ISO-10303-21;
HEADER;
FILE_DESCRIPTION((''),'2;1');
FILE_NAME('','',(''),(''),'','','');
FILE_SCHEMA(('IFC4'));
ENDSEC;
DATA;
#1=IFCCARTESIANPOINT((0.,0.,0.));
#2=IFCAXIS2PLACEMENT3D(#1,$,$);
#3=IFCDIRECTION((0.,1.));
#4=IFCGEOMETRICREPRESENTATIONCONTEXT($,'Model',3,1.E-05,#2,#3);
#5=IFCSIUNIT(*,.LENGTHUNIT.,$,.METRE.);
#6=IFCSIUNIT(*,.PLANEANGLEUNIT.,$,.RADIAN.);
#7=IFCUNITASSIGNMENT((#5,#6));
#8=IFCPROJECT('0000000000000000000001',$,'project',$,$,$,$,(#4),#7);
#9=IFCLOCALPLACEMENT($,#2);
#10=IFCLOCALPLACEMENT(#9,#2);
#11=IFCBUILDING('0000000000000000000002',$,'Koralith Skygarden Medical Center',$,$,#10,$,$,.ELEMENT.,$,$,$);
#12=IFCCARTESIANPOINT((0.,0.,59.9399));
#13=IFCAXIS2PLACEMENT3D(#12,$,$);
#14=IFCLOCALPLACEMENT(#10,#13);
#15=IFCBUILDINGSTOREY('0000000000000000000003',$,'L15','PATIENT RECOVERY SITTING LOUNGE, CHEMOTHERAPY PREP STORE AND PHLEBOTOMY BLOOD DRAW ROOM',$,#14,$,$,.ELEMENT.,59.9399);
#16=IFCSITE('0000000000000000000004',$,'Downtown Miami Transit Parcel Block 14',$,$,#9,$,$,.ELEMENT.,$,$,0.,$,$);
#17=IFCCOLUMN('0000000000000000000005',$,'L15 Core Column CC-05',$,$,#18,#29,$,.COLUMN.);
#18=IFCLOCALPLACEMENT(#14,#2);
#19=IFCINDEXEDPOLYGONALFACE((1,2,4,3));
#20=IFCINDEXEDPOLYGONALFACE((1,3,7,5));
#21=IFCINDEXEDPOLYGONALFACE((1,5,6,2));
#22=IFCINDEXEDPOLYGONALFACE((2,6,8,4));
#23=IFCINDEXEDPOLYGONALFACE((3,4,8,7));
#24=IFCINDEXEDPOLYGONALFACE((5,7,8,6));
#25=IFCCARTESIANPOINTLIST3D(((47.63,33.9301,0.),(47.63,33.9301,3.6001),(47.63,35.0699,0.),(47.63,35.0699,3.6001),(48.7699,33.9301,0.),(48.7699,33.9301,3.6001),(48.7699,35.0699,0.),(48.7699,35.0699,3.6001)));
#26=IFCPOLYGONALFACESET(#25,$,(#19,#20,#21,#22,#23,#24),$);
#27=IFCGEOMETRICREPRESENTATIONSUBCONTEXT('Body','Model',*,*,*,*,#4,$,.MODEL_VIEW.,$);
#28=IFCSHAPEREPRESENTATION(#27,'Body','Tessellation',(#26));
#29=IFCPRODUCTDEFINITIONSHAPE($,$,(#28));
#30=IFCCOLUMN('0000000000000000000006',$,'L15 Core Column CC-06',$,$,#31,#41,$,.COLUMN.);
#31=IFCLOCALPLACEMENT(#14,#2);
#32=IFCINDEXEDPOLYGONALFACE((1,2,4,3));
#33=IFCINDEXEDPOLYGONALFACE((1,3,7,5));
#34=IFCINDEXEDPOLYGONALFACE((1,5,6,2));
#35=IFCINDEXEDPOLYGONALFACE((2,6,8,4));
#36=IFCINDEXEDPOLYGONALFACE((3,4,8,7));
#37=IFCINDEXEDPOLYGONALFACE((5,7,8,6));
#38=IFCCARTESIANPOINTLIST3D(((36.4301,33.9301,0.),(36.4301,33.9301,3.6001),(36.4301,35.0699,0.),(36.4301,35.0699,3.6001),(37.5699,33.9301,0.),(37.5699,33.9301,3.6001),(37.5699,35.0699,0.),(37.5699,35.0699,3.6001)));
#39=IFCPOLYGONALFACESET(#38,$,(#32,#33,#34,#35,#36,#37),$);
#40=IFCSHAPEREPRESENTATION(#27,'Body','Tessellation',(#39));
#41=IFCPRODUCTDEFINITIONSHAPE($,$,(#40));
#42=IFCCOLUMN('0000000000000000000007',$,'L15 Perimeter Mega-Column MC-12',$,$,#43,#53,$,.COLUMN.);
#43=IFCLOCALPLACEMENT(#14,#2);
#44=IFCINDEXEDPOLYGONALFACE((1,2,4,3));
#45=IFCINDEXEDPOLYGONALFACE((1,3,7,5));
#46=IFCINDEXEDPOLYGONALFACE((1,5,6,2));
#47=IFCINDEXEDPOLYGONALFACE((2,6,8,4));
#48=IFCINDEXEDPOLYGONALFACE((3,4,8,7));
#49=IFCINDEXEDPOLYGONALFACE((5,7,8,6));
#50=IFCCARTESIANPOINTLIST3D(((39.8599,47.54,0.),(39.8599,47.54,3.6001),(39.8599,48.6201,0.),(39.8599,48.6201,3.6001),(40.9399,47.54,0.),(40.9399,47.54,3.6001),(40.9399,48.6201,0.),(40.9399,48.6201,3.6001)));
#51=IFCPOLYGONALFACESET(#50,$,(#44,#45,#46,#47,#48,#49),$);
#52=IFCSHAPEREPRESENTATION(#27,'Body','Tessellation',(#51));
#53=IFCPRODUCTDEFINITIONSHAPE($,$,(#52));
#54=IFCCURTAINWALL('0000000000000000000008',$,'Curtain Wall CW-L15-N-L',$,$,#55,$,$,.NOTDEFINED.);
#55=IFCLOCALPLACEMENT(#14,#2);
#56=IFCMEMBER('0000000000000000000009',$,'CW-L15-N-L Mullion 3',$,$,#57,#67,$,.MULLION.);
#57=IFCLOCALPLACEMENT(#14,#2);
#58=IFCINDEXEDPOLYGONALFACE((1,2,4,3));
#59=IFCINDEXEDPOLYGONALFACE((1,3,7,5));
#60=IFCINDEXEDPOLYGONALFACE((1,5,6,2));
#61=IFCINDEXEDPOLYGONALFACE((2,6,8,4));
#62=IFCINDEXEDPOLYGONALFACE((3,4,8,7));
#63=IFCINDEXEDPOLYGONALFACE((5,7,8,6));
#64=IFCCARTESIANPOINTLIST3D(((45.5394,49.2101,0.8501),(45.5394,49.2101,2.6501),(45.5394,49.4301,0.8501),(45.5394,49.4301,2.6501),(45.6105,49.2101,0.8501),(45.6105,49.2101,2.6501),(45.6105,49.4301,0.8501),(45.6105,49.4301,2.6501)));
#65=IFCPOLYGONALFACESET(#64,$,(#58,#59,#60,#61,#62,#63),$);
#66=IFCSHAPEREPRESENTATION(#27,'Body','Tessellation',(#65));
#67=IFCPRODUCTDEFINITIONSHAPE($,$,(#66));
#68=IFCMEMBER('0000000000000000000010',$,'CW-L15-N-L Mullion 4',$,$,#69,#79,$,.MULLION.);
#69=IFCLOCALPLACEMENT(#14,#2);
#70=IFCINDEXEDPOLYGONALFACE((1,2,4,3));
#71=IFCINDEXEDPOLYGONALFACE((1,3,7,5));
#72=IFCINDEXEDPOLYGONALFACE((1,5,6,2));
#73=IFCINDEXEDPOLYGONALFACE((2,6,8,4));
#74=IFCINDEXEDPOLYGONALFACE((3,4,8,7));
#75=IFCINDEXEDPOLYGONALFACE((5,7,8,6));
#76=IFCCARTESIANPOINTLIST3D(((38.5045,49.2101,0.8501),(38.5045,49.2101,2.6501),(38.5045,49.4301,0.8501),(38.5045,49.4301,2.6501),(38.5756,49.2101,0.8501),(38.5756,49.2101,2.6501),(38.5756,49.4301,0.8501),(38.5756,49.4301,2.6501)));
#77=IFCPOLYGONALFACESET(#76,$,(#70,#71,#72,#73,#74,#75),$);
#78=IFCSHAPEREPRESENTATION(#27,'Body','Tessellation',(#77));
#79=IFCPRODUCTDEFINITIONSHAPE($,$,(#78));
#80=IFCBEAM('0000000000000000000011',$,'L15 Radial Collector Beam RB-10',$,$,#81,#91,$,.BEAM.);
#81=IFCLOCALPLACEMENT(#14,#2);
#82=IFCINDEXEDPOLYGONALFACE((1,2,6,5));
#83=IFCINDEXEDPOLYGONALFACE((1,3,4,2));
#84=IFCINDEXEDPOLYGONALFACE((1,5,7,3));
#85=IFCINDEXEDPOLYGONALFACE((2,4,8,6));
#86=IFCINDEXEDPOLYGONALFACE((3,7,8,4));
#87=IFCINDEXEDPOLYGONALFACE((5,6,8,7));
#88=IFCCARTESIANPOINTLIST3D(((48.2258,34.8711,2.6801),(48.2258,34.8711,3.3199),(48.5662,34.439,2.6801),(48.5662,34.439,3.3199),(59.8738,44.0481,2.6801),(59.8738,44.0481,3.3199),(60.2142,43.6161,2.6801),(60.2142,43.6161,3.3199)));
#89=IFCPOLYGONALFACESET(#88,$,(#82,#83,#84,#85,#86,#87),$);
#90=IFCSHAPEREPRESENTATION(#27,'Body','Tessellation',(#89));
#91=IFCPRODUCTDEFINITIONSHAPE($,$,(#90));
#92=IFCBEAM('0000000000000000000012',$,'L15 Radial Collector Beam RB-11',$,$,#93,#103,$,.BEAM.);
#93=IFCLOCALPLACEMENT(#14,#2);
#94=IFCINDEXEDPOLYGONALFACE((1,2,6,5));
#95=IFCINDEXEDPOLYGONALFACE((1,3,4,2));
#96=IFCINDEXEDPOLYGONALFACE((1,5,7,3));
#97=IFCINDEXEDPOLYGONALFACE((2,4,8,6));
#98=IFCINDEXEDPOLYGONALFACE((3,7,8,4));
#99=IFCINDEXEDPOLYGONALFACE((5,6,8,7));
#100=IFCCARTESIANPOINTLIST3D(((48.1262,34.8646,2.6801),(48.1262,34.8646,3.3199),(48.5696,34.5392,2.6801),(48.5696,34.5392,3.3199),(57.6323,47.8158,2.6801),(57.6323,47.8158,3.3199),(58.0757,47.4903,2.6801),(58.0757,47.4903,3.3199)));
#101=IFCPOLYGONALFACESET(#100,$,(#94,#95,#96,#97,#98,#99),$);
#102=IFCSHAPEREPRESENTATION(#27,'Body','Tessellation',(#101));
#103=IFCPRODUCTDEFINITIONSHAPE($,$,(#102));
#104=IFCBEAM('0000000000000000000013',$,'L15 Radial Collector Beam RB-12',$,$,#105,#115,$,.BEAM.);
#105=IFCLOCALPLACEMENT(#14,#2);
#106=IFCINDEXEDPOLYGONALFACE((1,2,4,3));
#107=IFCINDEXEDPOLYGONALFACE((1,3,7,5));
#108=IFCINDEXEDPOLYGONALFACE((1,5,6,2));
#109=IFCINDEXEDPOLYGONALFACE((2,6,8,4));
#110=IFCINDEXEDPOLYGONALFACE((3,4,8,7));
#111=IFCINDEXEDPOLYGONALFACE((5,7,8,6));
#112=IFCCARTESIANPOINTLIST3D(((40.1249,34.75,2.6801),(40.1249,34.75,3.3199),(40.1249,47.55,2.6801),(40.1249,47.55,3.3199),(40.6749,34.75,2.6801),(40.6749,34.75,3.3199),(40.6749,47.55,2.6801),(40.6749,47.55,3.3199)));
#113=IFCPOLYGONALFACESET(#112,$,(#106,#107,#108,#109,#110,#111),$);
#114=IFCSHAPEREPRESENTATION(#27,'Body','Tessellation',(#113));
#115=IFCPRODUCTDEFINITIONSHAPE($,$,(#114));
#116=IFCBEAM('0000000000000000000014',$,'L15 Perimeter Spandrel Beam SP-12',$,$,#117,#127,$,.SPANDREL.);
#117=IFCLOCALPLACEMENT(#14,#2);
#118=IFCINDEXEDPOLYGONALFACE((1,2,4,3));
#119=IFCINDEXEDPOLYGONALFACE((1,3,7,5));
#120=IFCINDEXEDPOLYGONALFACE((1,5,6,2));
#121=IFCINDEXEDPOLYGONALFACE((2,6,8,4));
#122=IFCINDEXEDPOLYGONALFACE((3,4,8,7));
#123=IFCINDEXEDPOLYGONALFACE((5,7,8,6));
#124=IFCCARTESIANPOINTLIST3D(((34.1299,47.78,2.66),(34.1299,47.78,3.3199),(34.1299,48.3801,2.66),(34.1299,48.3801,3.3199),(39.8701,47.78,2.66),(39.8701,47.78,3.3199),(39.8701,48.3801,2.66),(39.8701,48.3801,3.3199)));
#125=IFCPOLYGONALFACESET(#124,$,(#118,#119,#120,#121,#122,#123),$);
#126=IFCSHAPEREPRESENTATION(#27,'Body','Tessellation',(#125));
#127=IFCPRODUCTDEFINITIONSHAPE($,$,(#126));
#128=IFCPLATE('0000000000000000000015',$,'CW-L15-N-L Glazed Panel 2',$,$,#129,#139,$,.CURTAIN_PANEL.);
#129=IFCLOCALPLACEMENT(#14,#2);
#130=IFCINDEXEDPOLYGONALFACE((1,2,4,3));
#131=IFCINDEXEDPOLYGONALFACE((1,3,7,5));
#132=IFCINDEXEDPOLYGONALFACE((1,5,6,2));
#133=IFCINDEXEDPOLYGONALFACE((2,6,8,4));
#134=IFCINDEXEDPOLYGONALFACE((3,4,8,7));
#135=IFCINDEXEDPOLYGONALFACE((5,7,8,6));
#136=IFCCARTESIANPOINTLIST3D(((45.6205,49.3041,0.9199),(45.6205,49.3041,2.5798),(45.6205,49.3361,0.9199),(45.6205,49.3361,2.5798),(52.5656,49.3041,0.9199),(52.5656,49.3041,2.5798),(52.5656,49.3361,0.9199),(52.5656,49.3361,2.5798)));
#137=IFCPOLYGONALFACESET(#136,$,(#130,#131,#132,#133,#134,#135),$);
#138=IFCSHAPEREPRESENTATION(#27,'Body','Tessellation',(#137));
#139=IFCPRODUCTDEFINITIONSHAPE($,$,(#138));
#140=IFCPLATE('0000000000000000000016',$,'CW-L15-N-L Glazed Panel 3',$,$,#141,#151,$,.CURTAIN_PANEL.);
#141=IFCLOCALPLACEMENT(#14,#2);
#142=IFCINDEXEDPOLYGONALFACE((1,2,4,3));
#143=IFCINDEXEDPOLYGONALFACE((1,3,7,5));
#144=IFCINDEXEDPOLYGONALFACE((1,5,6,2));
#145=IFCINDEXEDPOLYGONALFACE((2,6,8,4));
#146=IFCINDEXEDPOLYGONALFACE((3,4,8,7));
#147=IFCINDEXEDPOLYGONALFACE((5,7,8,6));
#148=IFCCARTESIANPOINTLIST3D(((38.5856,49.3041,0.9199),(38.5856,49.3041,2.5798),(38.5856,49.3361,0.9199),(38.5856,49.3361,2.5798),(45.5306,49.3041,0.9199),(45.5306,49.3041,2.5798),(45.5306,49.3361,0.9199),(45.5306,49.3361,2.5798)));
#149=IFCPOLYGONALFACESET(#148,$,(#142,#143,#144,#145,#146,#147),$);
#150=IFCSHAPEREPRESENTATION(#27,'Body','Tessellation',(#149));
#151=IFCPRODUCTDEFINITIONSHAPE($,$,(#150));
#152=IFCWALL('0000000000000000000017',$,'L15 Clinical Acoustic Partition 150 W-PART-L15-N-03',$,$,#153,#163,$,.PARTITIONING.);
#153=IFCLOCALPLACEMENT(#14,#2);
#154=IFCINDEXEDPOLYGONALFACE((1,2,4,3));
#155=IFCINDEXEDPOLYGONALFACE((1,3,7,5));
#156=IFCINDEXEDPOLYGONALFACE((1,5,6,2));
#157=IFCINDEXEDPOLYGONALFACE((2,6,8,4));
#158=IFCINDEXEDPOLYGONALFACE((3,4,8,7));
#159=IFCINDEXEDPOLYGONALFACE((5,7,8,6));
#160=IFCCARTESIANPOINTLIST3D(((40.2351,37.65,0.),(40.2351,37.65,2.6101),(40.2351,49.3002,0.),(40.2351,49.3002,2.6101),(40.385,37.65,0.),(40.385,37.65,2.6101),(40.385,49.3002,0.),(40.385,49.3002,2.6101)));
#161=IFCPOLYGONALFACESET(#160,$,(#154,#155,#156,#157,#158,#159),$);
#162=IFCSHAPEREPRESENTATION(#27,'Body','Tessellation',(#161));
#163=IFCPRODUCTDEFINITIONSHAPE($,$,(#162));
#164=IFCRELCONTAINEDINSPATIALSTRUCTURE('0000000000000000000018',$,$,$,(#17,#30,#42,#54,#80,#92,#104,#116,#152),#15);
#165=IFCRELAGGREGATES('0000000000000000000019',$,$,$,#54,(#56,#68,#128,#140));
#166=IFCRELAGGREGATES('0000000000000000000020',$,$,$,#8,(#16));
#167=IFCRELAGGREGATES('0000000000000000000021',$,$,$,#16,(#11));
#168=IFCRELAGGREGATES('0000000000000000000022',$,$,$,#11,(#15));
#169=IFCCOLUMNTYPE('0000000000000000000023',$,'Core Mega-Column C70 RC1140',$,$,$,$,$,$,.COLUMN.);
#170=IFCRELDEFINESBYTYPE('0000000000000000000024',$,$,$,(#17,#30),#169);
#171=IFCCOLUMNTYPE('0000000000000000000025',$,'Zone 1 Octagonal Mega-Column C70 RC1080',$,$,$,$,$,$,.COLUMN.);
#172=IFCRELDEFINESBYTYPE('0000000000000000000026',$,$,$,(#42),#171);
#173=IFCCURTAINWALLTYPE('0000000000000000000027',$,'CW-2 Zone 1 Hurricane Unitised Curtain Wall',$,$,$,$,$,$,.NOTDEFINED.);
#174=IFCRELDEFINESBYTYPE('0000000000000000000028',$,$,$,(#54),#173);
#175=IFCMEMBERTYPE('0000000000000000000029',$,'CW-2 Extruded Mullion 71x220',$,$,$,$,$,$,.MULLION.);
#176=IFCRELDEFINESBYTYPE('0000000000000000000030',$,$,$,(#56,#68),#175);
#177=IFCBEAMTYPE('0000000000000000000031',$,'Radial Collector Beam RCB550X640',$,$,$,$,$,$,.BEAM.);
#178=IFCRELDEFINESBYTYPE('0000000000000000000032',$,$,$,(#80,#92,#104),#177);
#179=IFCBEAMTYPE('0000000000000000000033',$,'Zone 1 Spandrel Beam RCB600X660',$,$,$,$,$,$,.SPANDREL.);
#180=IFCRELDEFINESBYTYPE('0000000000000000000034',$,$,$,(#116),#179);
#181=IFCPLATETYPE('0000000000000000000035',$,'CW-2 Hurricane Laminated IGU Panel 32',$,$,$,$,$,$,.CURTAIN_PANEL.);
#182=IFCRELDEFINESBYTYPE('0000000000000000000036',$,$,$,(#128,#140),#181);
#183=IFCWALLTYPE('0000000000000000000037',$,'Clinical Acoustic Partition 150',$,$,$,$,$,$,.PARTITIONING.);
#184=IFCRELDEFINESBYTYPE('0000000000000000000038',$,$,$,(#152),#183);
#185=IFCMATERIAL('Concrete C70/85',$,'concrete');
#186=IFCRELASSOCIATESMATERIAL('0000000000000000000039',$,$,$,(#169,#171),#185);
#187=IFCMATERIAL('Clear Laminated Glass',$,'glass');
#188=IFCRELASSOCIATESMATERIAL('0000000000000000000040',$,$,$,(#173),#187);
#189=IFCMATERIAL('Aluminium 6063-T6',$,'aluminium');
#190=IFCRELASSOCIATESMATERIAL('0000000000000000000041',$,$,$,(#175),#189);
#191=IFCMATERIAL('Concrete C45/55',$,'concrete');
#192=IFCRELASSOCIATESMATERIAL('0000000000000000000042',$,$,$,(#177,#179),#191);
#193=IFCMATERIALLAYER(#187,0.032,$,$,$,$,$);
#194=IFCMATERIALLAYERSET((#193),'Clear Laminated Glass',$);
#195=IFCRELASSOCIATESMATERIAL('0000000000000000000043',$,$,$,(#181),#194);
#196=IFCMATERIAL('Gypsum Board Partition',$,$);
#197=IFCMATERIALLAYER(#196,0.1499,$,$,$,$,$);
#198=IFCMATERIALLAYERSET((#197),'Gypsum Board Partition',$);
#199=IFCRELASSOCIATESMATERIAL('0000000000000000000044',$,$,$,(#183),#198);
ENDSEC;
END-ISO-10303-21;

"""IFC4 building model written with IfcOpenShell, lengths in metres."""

from ifc_helpers import new_model, si_unit, direction, frame, frame_2d, origin, origin_2d, place, context, subcontext, project, spatial, rectangle, extrude, material, layer, layer_set, material_profile, profile_set, type_object, element, aggregate, save


model = new_model("IFC4")

# Units and contexts
model_context = context("Model", 3, precision=1e-05, world=origin(), true_north=direction((0.0, 1.0)))
body_context = subcontext(model_context, "Body", "Model", "MODEL_VIEW")
ifc_project = project(units=[si_unit("LENGTHUNIT", "METRE"), si_unit("PLANEANGLEUNIT", "RADIAN")], contexts=[model_context])

# Site, building, storey
site_placement = place(None, origin())
site = spatial("IfcSite", under=ifc_project, at=site_placement, Name="Downtown Miami Transit Parcel Block 14", CompositionType="ELEMENT", RefElevation=0.0)
building_placement = place(site_placement, origin())
building = spatial("IfcBuilding", under=site, at=building_placement, Name="Koralith Skygarden Medical Center", CompositionType="ELEMENT")
storey_placement = place(building_placement, frame((0.0, 0.0, 59.9399)))
storey = spatial("IfcBuildingStorey", under=building, at=storey_placement, Name="L15", Description="PATIENT RECOVERY SITTING LOUNGE, CHEMOTHERAPY PREP STORE AND PHLEBOTOMY BLOOD DRAW ROOM", CompositionType="ELEMENT", Elevation=59.9399)

# Columns
ifc_material_1 = material(Name="Concrete C70/85", Category="concrete")
ifc_material_profile_1 = material_profile(ifc_material_1, rectangle(XDim=1.1399, YDim=1.1399, at=origin_2d()), Name="RC1140X1140")
ifc_profile_set_1 = profile_set([ifc_material_profile_1], Name="Concrete C70/85")
column_type_1 = type_object("IfcColumnType", Name="Core Mega-Column C70 RC1140", PredefinedType="COLUMN", material=ifc_profile_set_1)
for number, where, z_axis, x_axis, name in (
    (1, (48.2, 34.5, 0.0), (0.0, 0.0, 1.0), (1.0, 0.0, 0.0), "L15 Core Column CC-05"),
    (2, (37.0, 34.5, 0.0), (0.0, 0.0, 1.0), (1.0, 0.0, 0.0), "L15 Core Column CC-06"),
):
    element("IfcColumn", number, at=place(storey_placement, frame(where, z_axis=z_axis, x_axis=x_axis)), inside=storey, type_object=column_type_1, Name=name, PredefinedType="COLUMN", context=body_context, shape_type="SweptSolid", body=[
        extrude(rectangle(XDim=1.1399, YDim=1.1399, at=origin_2d()), origin(), (0.0, 0.0, 1.0), 3.6001),
    ])
ifc_material_profile_2 = material_profile(ifc_material_1, rectangle(XDim=1.0801, YDim=1.0801, at=origin_2d()), Name="RC1080X1080")
ifc_profile_set_2 = profile_set([ifc_material_profile_2], Name="Concrete C70/85")
column_type_2 = type_object("IfcColumnType", Name="Zone 1 Octagonal Mega-Column C70 RC1080", PredefinedType="COLUMN", material=ifc_profile_set_2)
column_placement = place(storey_placement, frame((40.3999, 48.0801, 0.0), z_axis=(0.0, 0.0, 1.0), x_axis=(1.0, 0.0, 0.0)))
element("IfcColumn", 3, at=column_placement, inside=storey, type_object=column_type_2, Name="L15 Perimeter Mega-Column MC-12", PredefinedType="COLUMN", context=body_context, shape_type="SweptSolid", body=[
    extrude(rectangle(XDim=1.0801, YDim=1.0801, at=origin_2d()), origin(), (0.0, 0.0, 1.0), 3.6001),
])

# Curtain wall, members
ifc_material_2 = material(Name="Clear Laminated Glass", Category="glass")
curtain_wall_type = type_object("IfcCurtainWallType", Name="CW-2 Zone 1 Hurricane Unitised Curtain Wall", PredefinedType="NOTDEFINED", material=ifc_material_2)
curtain_wall_placement = place(storey_placement, origin())
curtain_wall = element("IfcCurtainWall", 4, at=curtain_wall_placement, inside=storey, type_object=curtain_wall_type, Name="Curtain Wall CW-L15-N-L", PredefinedType="NOTDEFINED")
ifc_material_3 = material(Name="Aluminium 6063-T6", Category="aluminium")
ifc_material_profile_3 = material_profile(ifc_material_3, rectangle(XDim=0.071, YDim=0.22, at=origin_2d()), Name="MUL71X220")
ifc_profile_set_3 = profile_set([ifc_material_profile_3], Name="Aluminium 6063-T6")
member_type = type_object("IfcMemberType", Name="CW-2 Extruded Mullion 71x220", PredefinedType="MULLION", material=ifc_profile_set_3)
member_1_placement = place(storey_placement, frame((45.575, 49.3201, 0.8501), z_axis=(0.0, 0.0, 1.0), x_axis=(1.0, 0.0, 0.0)))
member_1 = element("IfcMember", 5, at=member_1_placement, type_object=member_type, Name="CW-L15-N-L Mullion 3", PredefinedType="MULLION", context=body_context, shape_type="SweptSolid", body=[
    extrude(rectangle(XDim=0.071, YDim=0.22, at=origin_2d()), origin(), (0.0, 0.0, 1.0), 1.8),
])
member_2_placement = place(storey_placement, frame((38.54, 49.3201, 0.8501), z_axis=(0.0, 0.0, 1.0), x_axis=(1.0, 0.0, 0.0)))
member_2 = element("IfcMember", 6, at=member_2_placement, type_object=member_type, Name="CW-L15-N-L Mullion 4", PredefinedType="MULLION", context=body_context, shape_type="SweptSolid", body=[
    extrude(rectangle(XDim=0.071, YDim=0.22, at=origin_2d()), origin(), (0.0, 0.0, 1.0), 1.8),
])

# Beams
ifc_material_4 = material(Name="Concrete C45/55", Category="concrete")
ifc_material_profile_4 = material_profile(ifc_material_4, rectangle(XDim=0.55, YDim=0.6399, at=origin_2d()), Name="RCB550X640")
ifc_profile_set_4 = profile_set([ifc_material_profile_4], Name="Concrete C45/55")
beam_type_1 = type_object("IfcBeamType", Name="Radial Collector Beam RCB550X640", PredefinedType="BEAM", material=ifc_profile_set_4)
beam_1_placement = place(storey_placement, frame((48.396, 34.655, 3.0), z_axis=(0.785497, 0.618865, 0.0), x_axis=(-0.618865, 0.785497, 0.0)))
element("IfcBeam", 7, at=beam_1_placement, inside=storey, type_object=beam_type_1, Name="L15 Radial Collector Beam RB-10", PredefinedType="BEAM", context=body_context, shape_type="SweptSolid", body=[
    extrude(rectangle(XDim=0.55, YDim=0.6399, at=origin_2d()), origin(), (0.0, 0.0, 1.0), 14.8289),
])
beam_2_placement = place(storey_placement, frame((48.3479, 34.7019, 3.0), z_axis=(0.591711, 0.80615, 0.0), x_axis=(-0.80615, 0.591711, 0.0)))
element("IfcBeam", 8, at=beam_2_placement, inside=storey, type_object=beam_type_1, Name="L15 Radial Collector Beam RB-11", PredefinedType="BEAM", context=body_context, shape_type="SweptSolid", body=[
    extrude(rectangle(XDim=0.55, YDim=0.6399, at=origin_2d()), origin(), (0.0, 0.0, 1.0), 16.0654),
])
beam_3_placement = place(storey_placement, frame((40.3999, 34.75, 3.0), z_axis=(0.0, 1.0, 0.0), x_axis=(-1.0, 0.0, 0.0)))
element("IfcBeam", 9, at=beam_3_placement, inside=storey, type_object=beam_type_1, Name="L15 Radial Collector Beam RB-12", PredefinedType="BEAM", context=body_context, shape_type="SweptSolid", body=[
    extrude(rectangle(XDim=0.55, YDim=0.6399, at=origin_2d()), origin(), (0.0, 0.0, 1.0), 12.8),
])
ifc_material_profile_5 = material_profile(ifc_material_4, rectangle(XDim=0.6001, YDim=0.6599, at=origin_2d()), Name="RCB600X660")
ifc_profile_set_5 = profile_set([ifc_material_profile_5], Name="Concrete C45/55")
beam_type_2 = type_object("IfcBeamType", Name="Zone 1 Spandrel Beam RCB600X660", PredefinedType="SPANDREL", material=ifc_profile_set_5)
beam_4_placement = place(storey_placement, frame((39.8701, 48.0801, 2.99), z_axis=(-1.0, 0.0, 0.0), x_axis=(0.0, -1.0, 0.0)))
element("IfcBeam", 10, at=beam_4_placement, inside=storey, type_object=beam_type_2, Name="L15 Perimeter Spandrel Beam SP-12", PredefinedType="SPANDREL", context=body_context, shape_type="SweptSolid", body=[
    extrude(rectangle(XDim=0.6001, YDim=0.6599, at=origin_2d()), origin(), (0.0, 0.0, 1.0), 5.7402),
])

# Plates
ifc_layer_1 = layer(ifc_material_2, 0.032)
ifc_layer_set_1 = layer_set([ifc_layer_1], Name="Clear Laminated Glass")
plate_type = type_object("IfcPlateType", Name="CW-2 Hurricane Laminated IGU Panel 32", PredefinedType="CURTAIN_PANEL", material=ifc_layer_set_1)
plate_1_placement = place(storey_placement, frame((49.093, 49.3201, 0.9199), z_axis=(0.0, 0.0, 1.0), x_axis=(-1.0, 0.0, 0.0)))
plate_1 = element("IfcPlate", 11, at=plate_1_placement, type_object=plate_type, Name="CW-L15-N-L Glazed Panel 2", PredefinedType="CURTAIN_PANEL", context=body_context, shape_type="SweptSolid", body=[
    extrude(rectangle(XDim=6.9451, YDim=0.032, at=origin_2d()), origin(), (0.0, 0.0, 1.0), 1.6599),
])
plate_2_placement = place(storey_placement, frame((42.0581, 49.3201, 0.9199), z_axis=(0.0, 0.0, 1.0), x_axis=(-1.0, 0.0, 0.0)))
plate_2 = element("IfcPlate", 12, at=plate_2_placement, type_object=plate_type, Name="CW-L15-N-L Glazed Panel 3", PredefinedType="CURTAIN_PANEL", context=body_context, shape_type="SweptSolid", body=[
    extrude(rectangle(XDim=6.9451, YDim=0.032, at=origin_2d()), origin(), (0.0, 0.0, 1.0), 1.6599),
])
aggregate(curtain_wall, [member_1, member_2, plate_1, plate_2])

# Wall
ifc_material_5 = material(Name="Gypsum Board Partition")
ifc_layer_2 = layer(ifc_material_5, 0.1499)
ifc_layer_set_2 = layer_set([ifc_layer_2], Name="Gypsum Board Partition")
wall_type_1 = type_object("IfcWallType", Name="Clinical Acoustic Partition 150", PredefinedType="PARTITIONING", material=ifc_layer_set_2)
wall_1_placement = place(storey_placement, frame((40.3101, 37.6499, 0.0), z_axis=(0.0, 0.0, 1.0), x_axis=(0.0, 1.0, 0.0)))
element("IfcWall", 13, at=wall_1_placement, inside=storey, type_object=wall_type_1, Name="L15 Clinical Acoustic Partition 150 W-PART-L15-N-03", PredefinedType="PARTITIONING", context=body_context, shape_type="SweptSolid", body=[
    extrude(rectangle(XDim=11.6501, YDim=0.1499, at=frame_2d((5.8252, 0.0))), origin(), (0.0, 0.0, 1.0), 2.6101),
])

save(model, "model.ifc")
